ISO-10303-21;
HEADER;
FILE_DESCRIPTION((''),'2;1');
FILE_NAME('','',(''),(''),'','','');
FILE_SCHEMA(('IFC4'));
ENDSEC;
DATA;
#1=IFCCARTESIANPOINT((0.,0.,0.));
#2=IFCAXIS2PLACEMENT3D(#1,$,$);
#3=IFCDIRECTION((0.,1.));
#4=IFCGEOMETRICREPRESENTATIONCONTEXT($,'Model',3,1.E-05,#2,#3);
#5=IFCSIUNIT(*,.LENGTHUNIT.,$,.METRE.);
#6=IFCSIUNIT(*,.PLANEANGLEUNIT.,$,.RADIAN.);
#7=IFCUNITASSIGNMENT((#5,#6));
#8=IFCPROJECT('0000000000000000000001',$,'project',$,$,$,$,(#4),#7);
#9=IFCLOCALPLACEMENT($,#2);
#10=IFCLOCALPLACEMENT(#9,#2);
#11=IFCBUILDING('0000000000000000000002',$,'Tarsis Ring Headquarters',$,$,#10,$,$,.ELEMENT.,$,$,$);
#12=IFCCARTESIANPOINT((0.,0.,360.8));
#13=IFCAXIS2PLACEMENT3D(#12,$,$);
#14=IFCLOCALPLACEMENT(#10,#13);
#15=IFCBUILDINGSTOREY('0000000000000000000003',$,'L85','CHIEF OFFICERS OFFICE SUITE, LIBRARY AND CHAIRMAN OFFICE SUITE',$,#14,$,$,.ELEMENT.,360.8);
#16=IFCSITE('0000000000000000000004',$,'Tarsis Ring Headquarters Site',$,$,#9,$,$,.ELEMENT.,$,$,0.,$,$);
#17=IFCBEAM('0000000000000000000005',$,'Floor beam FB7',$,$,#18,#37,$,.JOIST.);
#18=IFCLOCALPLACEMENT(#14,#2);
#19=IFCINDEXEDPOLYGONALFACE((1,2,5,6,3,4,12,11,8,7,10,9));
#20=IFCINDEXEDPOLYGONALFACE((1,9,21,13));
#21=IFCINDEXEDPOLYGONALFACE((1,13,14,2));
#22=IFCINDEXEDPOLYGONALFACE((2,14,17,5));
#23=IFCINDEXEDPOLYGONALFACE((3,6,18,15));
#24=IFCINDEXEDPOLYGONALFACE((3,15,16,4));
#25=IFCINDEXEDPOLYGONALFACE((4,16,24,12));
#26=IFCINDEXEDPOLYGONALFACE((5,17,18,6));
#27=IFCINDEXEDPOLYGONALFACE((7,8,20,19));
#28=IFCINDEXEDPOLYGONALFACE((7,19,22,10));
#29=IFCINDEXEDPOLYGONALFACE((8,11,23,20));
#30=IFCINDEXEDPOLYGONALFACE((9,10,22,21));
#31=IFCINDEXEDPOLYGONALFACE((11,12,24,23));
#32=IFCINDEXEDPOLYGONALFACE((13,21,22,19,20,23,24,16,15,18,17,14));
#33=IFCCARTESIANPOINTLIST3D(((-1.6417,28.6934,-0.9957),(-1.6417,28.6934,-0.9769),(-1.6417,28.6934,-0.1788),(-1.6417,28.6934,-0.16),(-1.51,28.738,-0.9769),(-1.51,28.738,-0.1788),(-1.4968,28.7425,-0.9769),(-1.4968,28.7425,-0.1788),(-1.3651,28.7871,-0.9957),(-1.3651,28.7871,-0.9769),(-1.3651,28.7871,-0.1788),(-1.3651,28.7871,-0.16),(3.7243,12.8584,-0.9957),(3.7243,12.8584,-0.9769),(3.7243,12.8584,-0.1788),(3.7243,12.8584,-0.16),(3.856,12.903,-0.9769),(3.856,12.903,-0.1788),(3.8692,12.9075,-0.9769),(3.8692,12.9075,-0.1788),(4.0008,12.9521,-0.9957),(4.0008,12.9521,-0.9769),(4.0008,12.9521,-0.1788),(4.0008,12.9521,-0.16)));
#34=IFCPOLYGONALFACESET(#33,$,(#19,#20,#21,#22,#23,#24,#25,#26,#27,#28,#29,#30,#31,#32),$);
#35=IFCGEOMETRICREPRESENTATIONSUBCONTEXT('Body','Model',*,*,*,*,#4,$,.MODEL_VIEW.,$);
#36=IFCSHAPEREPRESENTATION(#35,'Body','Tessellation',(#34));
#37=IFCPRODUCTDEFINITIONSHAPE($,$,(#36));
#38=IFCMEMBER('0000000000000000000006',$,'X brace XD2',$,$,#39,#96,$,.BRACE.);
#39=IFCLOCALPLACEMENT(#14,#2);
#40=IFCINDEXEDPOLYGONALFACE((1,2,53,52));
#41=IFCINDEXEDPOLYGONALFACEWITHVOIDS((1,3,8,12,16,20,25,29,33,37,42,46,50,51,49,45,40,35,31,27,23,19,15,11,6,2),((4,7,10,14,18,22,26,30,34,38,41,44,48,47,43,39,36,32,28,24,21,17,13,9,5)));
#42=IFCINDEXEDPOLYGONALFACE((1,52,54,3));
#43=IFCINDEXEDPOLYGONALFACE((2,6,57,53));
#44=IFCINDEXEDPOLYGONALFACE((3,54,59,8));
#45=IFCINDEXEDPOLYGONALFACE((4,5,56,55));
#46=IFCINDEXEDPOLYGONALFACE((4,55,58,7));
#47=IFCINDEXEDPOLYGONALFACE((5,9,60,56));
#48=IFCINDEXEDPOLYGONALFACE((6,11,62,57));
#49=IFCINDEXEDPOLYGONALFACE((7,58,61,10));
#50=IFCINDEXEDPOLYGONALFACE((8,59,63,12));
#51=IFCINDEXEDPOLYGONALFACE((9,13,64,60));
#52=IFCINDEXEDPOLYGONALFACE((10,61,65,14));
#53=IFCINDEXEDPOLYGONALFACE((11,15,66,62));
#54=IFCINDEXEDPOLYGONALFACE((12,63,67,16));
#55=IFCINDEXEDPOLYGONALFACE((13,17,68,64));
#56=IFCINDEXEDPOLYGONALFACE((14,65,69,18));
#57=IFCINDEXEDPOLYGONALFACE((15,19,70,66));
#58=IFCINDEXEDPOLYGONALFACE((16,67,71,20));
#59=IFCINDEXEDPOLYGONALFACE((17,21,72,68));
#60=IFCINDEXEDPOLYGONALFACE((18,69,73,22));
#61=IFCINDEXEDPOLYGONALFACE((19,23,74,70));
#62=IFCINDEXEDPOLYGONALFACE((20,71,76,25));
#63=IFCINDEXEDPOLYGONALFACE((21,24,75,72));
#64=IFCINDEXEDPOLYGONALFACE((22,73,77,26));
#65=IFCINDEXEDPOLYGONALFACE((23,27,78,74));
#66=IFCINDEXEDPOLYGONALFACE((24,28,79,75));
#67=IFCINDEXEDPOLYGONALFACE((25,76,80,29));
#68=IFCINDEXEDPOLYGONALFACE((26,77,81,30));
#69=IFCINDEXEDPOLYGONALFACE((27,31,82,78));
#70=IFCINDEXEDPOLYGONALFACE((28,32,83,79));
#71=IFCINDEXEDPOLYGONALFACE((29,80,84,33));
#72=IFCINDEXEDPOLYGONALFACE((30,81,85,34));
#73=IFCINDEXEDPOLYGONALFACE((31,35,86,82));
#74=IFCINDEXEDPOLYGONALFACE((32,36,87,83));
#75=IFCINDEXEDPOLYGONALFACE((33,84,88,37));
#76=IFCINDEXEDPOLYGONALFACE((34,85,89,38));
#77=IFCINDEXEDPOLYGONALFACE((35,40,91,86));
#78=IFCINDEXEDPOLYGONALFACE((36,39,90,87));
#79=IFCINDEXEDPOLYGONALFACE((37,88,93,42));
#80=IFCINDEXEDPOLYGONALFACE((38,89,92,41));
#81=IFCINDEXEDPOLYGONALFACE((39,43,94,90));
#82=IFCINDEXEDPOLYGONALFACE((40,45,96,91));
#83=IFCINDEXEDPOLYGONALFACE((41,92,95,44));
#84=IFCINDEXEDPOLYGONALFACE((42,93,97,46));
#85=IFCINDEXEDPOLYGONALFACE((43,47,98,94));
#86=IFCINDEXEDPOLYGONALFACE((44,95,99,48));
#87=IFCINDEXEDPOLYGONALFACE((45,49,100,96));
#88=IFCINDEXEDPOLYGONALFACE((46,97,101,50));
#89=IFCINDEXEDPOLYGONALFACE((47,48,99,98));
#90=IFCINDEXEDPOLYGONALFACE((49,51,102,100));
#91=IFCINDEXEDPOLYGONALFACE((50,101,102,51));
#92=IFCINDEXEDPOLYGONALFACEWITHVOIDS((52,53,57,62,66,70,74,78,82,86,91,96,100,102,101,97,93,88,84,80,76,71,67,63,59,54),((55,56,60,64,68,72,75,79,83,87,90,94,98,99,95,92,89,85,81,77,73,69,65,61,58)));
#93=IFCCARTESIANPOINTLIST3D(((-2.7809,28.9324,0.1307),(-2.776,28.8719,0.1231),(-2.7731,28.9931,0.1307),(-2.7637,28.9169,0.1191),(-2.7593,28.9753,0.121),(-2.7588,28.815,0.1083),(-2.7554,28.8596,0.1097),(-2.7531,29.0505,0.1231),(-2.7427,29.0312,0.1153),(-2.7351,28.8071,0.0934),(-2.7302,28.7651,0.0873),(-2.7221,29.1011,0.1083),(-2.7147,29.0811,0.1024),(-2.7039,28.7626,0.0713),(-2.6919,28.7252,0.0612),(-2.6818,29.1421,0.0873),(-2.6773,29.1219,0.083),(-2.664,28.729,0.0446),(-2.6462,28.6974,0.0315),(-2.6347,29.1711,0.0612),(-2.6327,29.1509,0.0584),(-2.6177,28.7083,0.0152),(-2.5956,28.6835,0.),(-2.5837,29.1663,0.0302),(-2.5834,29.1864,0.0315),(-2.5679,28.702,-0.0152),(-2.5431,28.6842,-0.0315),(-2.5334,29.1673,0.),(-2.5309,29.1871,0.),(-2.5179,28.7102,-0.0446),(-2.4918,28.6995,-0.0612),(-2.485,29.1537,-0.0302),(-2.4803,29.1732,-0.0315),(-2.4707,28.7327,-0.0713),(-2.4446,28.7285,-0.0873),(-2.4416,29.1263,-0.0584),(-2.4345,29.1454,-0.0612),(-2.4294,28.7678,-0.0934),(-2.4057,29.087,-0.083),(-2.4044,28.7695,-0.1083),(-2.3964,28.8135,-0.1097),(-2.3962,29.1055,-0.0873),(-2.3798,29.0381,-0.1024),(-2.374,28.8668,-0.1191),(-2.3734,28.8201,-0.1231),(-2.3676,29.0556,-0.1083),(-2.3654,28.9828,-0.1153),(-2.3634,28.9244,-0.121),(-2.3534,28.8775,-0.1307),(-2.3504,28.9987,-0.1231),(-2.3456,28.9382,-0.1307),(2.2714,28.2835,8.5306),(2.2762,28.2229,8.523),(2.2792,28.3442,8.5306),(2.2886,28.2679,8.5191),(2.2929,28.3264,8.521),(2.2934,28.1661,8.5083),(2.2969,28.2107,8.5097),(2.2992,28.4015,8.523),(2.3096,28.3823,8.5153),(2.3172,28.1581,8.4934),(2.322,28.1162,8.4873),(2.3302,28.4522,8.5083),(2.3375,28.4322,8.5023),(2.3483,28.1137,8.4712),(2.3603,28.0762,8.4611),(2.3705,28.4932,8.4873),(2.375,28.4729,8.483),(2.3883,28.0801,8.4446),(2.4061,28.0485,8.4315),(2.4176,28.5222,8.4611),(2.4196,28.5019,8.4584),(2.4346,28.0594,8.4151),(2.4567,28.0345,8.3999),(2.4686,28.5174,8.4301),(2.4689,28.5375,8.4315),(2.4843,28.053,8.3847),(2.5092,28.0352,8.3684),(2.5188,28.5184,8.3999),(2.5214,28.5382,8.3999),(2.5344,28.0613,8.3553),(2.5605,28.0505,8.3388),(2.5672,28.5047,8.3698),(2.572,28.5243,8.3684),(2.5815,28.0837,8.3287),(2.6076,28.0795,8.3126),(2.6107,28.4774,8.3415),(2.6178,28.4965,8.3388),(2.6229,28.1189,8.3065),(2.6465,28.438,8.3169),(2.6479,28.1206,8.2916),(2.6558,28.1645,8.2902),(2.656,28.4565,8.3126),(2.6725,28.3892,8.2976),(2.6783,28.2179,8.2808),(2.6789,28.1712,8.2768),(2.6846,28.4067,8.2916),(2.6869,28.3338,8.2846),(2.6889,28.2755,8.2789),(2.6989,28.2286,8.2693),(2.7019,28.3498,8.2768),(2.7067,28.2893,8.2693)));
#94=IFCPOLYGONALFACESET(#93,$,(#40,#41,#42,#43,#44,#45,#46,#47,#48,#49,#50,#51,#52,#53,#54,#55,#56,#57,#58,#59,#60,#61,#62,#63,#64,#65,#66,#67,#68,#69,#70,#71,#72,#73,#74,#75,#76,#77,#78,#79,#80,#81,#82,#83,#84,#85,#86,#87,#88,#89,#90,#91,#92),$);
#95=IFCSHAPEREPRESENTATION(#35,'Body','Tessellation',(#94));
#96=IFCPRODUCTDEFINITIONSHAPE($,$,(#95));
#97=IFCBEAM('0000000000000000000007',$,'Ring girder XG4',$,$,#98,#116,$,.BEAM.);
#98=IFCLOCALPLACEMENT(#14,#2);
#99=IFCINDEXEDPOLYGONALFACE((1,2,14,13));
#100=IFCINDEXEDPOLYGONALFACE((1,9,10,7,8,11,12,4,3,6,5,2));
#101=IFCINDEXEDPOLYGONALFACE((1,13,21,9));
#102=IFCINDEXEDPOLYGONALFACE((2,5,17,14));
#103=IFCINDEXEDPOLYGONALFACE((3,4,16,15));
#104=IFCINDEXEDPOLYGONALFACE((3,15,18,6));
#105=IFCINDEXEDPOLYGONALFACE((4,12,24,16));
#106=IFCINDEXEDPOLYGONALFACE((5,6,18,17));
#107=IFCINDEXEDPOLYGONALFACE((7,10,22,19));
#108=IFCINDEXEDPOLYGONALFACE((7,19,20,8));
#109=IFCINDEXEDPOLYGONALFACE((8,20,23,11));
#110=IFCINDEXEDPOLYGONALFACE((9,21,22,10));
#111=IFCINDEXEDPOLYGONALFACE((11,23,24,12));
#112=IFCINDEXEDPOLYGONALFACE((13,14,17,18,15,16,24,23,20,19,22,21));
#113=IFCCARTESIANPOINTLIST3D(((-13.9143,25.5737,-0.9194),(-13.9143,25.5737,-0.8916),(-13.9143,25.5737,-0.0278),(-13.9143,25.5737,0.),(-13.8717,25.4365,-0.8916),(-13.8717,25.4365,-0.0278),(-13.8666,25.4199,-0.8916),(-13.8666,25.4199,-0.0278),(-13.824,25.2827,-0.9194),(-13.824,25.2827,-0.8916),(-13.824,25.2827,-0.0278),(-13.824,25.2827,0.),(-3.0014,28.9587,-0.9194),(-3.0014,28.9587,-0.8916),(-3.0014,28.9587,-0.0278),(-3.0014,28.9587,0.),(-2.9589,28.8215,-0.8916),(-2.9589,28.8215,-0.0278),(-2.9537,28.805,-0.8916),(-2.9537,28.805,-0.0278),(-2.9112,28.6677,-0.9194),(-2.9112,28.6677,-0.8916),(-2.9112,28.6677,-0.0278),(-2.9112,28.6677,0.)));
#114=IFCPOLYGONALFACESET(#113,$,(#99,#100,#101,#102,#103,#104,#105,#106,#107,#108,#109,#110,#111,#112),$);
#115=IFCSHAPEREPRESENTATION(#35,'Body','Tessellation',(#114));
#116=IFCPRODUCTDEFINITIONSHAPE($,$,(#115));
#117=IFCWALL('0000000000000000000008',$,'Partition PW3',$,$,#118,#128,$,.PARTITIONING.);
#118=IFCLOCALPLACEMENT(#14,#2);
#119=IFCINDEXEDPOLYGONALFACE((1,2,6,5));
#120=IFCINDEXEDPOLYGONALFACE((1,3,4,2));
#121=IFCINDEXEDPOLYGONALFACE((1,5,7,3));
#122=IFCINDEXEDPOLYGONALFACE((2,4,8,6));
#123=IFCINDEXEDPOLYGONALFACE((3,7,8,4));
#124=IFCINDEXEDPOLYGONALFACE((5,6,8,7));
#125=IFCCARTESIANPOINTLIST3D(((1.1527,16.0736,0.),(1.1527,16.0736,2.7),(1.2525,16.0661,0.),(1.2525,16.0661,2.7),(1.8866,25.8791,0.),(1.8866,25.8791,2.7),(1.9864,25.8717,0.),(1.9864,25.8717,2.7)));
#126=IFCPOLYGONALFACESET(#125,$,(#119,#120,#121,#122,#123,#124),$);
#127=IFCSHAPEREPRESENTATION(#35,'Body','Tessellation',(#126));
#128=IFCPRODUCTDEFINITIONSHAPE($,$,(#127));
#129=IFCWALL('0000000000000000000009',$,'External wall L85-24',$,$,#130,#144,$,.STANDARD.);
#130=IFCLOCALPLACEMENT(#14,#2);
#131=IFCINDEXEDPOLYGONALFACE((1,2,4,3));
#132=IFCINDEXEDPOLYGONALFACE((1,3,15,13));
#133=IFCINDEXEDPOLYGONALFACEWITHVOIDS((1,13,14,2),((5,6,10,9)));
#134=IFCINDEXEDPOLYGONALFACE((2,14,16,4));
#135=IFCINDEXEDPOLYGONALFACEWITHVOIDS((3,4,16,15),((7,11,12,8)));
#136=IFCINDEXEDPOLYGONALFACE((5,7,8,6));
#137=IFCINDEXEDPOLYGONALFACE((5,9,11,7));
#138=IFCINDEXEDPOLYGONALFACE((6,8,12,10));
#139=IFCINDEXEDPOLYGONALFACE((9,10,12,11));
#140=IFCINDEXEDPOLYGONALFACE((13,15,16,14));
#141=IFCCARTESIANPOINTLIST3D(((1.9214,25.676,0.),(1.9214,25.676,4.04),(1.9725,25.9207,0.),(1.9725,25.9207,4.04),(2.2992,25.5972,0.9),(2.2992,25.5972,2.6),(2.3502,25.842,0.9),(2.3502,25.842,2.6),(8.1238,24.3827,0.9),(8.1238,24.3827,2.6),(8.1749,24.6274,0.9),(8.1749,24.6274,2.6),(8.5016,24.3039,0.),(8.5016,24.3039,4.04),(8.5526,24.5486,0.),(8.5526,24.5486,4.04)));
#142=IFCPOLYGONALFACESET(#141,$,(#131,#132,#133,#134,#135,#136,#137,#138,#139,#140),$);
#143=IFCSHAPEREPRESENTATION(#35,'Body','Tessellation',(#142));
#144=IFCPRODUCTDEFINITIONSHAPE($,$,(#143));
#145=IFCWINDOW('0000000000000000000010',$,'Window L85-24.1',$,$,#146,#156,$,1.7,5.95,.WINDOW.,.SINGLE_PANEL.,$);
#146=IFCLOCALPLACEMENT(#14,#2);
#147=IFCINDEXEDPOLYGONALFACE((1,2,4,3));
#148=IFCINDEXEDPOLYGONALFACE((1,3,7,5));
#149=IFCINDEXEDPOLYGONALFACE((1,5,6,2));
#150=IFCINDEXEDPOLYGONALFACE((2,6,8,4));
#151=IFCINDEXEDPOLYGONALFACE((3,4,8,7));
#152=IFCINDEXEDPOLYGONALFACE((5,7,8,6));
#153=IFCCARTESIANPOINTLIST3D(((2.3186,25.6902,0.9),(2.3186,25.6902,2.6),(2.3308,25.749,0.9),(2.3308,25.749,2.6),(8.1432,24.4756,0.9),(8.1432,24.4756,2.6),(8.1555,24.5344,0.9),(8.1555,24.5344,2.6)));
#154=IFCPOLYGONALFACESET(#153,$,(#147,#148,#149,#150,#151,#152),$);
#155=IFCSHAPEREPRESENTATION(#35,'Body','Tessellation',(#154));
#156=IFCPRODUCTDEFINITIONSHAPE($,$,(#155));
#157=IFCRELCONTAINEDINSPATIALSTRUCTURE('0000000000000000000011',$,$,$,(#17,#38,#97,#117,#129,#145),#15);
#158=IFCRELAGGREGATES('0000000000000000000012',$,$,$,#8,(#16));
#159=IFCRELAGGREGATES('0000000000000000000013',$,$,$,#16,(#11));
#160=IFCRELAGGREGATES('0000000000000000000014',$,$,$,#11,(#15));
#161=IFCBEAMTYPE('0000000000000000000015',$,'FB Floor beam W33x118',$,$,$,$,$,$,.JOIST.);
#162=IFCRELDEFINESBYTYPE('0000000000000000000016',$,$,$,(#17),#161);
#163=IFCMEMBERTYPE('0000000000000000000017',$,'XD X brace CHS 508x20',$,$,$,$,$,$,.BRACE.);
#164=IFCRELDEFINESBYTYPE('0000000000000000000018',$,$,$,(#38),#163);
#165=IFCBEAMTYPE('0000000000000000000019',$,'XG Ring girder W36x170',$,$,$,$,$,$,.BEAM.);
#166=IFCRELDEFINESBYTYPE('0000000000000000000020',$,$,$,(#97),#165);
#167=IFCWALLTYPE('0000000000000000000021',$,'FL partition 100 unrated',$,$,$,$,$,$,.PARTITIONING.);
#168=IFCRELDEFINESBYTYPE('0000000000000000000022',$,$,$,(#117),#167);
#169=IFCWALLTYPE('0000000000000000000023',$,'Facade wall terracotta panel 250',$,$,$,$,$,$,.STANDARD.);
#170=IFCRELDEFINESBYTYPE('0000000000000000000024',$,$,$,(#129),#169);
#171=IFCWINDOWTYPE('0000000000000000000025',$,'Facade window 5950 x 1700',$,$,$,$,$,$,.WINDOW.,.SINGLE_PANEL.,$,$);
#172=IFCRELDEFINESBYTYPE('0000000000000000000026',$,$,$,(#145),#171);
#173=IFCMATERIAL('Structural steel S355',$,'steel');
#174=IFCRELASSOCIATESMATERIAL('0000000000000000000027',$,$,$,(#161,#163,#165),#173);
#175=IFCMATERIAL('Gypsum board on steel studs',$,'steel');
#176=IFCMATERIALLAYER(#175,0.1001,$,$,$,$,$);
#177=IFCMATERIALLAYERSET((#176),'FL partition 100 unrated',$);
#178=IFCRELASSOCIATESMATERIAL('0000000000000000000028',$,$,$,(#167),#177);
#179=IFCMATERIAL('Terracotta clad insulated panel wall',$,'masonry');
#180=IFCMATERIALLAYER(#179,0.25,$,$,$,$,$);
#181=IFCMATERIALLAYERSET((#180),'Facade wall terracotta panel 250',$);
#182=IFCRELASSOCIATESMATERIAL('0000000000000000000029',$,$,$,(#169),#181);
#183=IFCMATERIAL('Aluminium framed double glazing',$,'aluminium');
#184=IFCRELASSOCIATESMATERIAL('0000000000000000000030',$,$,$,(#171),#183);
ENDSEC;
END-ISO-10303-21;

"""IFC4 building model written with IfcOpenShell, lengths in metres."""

from ifc_helpers import new_model, si_unit, direction, frame, frame_2d, origin, origin_2d, place, context, subcontext, project, spatial, rectangle, hollow_circle, i_section, extrude, material, layer, layer_set, material_profile, profile_set, type_object, element, fill, save


model = new_model("IFC4")

# Units and contexts
model_context = context("Model", 3, precision=1e-05, world=origin(), true_north=direction((0.0, 1.0)))
body_context = subcontext(model_context, "Body", "Model", "MODEL_VIEW")
ifc_project = project(units=[si_unit("LENGTHUNIT", "METRE"), si_unit("PLANEANGLEUNIT", "RADIAN")], contexts=[model_context])

# Site, building, storey
site_placement = place(None, origin())
site = spatial("IfcSite", under=ifc_project, at=site_placement, Name="Tarsis Ring Headquarters Site", CompositionType="ELEMENT", RefElevation=0.0)
building_placement = place(site_placement, origin())
building = spatial("IfcBuilding", under=site, at=building_placement, Name="Tarsis Ring Headquarters", CompositionType="ELEMENT")
storey_placement = place(building_placement, frame((0.0, 0.0, 360.8)))
storey = spatial("IfcBuildingStorey", under=building, at=storey_placement, Name="L85", Description="CHIEF OFFICERS OFFICE SUITE, LIBRARY AND CHAIRMAN OFFICE SUITE", CompositionType="ELEMENT", Elevation=360.8)

# Shared definitions
ifc_material_1 = material(Name="Structural steel S355", Category="steel")

# Beam
ifc_material_profile_1 = material_profile(ifc_material_1, i_section(OverallWidth=0.292, OverallDepth=0.8357, WebThickness=0.0139, FlangeThickness=0.0188, at=origin_2d()), Name="W33x118")
ifc_profile_set_1 = profile_set([ifc_material_profile_1], Name="Structural steel S355")
beam_type_1 = type_object("IfcBeamType", Name="FB Floor beam W33x118", PredefinedType="JOIST", material=ifc_profile_set_1)
beam_1_placement = place(storey_placement, frame((-1.5034, 28.7402, -0.5779), z_axis=(0.320942, -0.947099, 0.0), x_axis=(0.947099, 0.320942, 0.0)))
element("IfcBeam", 1, at=beam_1_placement, inside=storey, type_object=beam_type_1, Name="Floor beam FB7", PredefinedType="JOIST", context=body_context, shape_type="SweptSolid", body=[
    extrude(i_section(OverallWidth=0.292, OverallDepth=0.8357, WebThickness=0.0139, FlangeThickness=0.0188, at=origin_2d()), origin(), (0.0, 0.0, 1.0), 16.7195),
])

# Member
ifc_material_profile_2 = material_profile(ifc_material_1, hollow_circle(Radius=0.2539, WallThickness=0.02, at=origin_2d()), Name="CHS 508x20")
ifc_profile_set_2 = profile_set([ifc_material_profile_2], Name="Structural steel S355")
member_type = type_object("IfcMemberType", Name="XD X brace CHS 508x20", PredefinedType="BRACE", material=ifc_profile_set_2)
member_placement = place(storey_placement, frame((-2.5632, 28.9353, 0.0), z_axis=(0.514293, -0.066057, 0.855067), x_axis=(0.127396, 0.991852, 0.0)))
element("IfcMember", 2, at=member_placement, inside=storey, type_object=member_type, Name="X brace XD2", PredefinedType="BRACE", context=body_context, shape_type="SweptSolid", body=[
    extrude(hollow_circle(Radius=0.2539, WallThickness=0.02, at=origin_2d()), origin(), (0.0, 0.0, 1.0), 9.8237),
])

# Beam
ifc_material_profile_3 = material_profile(ifc_material_1, i_section(OverallWidth=0.3047, OverallDepth=0.9194, WebThickness=0.0173, FlangeThickness=0.0278, at=origin_2d()), Name="W36x170")
ifc_profile_set_3 = profile_set([ifc_material_profile_3], Name="Structural steel S355")
beam_type_2 = type_object("IfcBeamType", Name="XG Ring girder W36x170", PredefinedType="BEAM", material=ifc_profile_set_3)
beam_2_placement = place(storey_placement, frame((-2.9563, 28.8132, -0.4597), z_axis=(-0.955107, -0.296261, 0.0), x_axis=(0.296261, -0.955107, 0.0)))
element("IfcBeam", 3, at=beam_2_placement, inside=storey, type_object=beam_type_2, Name="Ring girder XG4", PredefinedType="BEAM", context=body_context, shape_type="SweptSolid", body=[
    extrude(i_section(OverallWidth=0.3047, OverallDepth=0.9194, WebThickness=0.0173, FlangeThickness=0.0278, at=origin_2d()), origin(), (0.0, 0.0, 1.0), 11.4258),
])

# Wall
ifc_material_2 = material(Name="Gypsum board on steel studs", Category="steel")
ifc_layer_1 = layer(ifc_material_2, 0.1001)
ifc_layer_set_1 = layer_set([ifc_layer_1], Name="FL partition 100 unrated")
wall_type_1 = type_object("IfcWallType", Name="FL partition 100 unrated", PredefinedType="PARTITIONING", material=ifc_layer_set_1)
wall_1_placement = place(storey_placement, frame((1.2026, 16.0698, 0.0), z_axis=(0.0, 0.0, 1.0), x_axis=(0.074634, 0.997211, 0.0)))
element("IfcWall", 4, at=wall_1_placement, inside=storey, type_object=wall_type_1, Name="Partition PW3", PredefinedType="PARTITIONING", context=body_context, shape_type="SweptSolid", body=[
    extrude(rectangle(XDim=9.833, YDim=0.1001, at=frame_2d((4.9165, 0.0))), origin(), (0.0, 0.0, 1.0), 2.7),
])

# Wall, opening, window
ifc_material_3 = material(Name="Terracotta clad insulated panel wall", Category="masonry")
ifc_layer_2 = layer(ifc_material_3, 0.25)
ifc_layer_set_2 = layer_set([ifc_layer_2], Name="Facade wall terracotta panel 250")
wall_type_2 = type_object("IfcWallType", Name="Facade wall terracotta panel 250", PredefinedType="STANDARD", material=ifc_layer_set_2)
wall_2_placement = place(storey_placement, frame((8.5271, 24.4263, 0.0), z_axis=(0.0, 0.0, 1.0), x_axis=(-0.978944, 0.204128, 0.0)))
wall_2 = element("IfcWall", 5, at=wall_2_placement, inside=storey, type_object=wall_type_2, Name="External wall L85-24", PredefinedType="STANDARD", context=body_context, shape_type="SweptSolid", body=[
    extrude(rectangle(XDim=6.7217, YDim=0.25, at=frame_2d((3.3608, 0.0))), origin(), (0.0, 0.0, 1.0), 4.04),
])
opening_1_placement = place(wall_2_placement, frame((0.3857, 0.0, 0.8999)))
opening_1 = element("IfcOpeningElement", 6, at=opening_1_placement, cuts=wall_2, PredefinedType="OPENING", context=body_context, shape_type="SweptSolid", body=[
    extrude(rectangle(XDim=5.95, YDim=1.7, at=frame_2d((2.9751, 0.8501))), frame((0.0, 0.135, 0.0), z_axis=(0.0, -1.0, 0.0), x_axis=(1.0, 0.0, 0.0)), (0.0, 0.0, 1.0), 0.27),
])
ifc_material_4 = material(Name="Aluminium framed double glazing", Category="aluminium")
window_type = type_object("IfcWindowType", Name="Facade window 5950 x 1700", PartitioningType="SINGLE_PANEL", PredefinedType="WINDOW", material=ifc_material_4)
window_1_placement = place(opening_1_placement, origin())
window_1 = element("IfcWindow", 7, at=window_1_placement, inside=storey, type_object=window_type, Name="Window L85-24.1", OverallHeight=1.7, OverallWidth=5.95, PartitioningType="SINGLE_PANEL", PredefinedType="WINDOW", context=body_context, shape_type="SweptSolid", body=[
    extrude(rectangle(XDim=5.95, YDim=1.7, at=frame_2d((2.9751, 0.8501))), frame((0.0, 0.03, 0.0), z_axis=(0.0, -1.0, 0.0), x_axis=(1.0, 0.0, 0.0)), (0.0, 0.0, 1.0), 0.0601),
])
fill(opening_1, window_1)

save(model, "model.ifc")
